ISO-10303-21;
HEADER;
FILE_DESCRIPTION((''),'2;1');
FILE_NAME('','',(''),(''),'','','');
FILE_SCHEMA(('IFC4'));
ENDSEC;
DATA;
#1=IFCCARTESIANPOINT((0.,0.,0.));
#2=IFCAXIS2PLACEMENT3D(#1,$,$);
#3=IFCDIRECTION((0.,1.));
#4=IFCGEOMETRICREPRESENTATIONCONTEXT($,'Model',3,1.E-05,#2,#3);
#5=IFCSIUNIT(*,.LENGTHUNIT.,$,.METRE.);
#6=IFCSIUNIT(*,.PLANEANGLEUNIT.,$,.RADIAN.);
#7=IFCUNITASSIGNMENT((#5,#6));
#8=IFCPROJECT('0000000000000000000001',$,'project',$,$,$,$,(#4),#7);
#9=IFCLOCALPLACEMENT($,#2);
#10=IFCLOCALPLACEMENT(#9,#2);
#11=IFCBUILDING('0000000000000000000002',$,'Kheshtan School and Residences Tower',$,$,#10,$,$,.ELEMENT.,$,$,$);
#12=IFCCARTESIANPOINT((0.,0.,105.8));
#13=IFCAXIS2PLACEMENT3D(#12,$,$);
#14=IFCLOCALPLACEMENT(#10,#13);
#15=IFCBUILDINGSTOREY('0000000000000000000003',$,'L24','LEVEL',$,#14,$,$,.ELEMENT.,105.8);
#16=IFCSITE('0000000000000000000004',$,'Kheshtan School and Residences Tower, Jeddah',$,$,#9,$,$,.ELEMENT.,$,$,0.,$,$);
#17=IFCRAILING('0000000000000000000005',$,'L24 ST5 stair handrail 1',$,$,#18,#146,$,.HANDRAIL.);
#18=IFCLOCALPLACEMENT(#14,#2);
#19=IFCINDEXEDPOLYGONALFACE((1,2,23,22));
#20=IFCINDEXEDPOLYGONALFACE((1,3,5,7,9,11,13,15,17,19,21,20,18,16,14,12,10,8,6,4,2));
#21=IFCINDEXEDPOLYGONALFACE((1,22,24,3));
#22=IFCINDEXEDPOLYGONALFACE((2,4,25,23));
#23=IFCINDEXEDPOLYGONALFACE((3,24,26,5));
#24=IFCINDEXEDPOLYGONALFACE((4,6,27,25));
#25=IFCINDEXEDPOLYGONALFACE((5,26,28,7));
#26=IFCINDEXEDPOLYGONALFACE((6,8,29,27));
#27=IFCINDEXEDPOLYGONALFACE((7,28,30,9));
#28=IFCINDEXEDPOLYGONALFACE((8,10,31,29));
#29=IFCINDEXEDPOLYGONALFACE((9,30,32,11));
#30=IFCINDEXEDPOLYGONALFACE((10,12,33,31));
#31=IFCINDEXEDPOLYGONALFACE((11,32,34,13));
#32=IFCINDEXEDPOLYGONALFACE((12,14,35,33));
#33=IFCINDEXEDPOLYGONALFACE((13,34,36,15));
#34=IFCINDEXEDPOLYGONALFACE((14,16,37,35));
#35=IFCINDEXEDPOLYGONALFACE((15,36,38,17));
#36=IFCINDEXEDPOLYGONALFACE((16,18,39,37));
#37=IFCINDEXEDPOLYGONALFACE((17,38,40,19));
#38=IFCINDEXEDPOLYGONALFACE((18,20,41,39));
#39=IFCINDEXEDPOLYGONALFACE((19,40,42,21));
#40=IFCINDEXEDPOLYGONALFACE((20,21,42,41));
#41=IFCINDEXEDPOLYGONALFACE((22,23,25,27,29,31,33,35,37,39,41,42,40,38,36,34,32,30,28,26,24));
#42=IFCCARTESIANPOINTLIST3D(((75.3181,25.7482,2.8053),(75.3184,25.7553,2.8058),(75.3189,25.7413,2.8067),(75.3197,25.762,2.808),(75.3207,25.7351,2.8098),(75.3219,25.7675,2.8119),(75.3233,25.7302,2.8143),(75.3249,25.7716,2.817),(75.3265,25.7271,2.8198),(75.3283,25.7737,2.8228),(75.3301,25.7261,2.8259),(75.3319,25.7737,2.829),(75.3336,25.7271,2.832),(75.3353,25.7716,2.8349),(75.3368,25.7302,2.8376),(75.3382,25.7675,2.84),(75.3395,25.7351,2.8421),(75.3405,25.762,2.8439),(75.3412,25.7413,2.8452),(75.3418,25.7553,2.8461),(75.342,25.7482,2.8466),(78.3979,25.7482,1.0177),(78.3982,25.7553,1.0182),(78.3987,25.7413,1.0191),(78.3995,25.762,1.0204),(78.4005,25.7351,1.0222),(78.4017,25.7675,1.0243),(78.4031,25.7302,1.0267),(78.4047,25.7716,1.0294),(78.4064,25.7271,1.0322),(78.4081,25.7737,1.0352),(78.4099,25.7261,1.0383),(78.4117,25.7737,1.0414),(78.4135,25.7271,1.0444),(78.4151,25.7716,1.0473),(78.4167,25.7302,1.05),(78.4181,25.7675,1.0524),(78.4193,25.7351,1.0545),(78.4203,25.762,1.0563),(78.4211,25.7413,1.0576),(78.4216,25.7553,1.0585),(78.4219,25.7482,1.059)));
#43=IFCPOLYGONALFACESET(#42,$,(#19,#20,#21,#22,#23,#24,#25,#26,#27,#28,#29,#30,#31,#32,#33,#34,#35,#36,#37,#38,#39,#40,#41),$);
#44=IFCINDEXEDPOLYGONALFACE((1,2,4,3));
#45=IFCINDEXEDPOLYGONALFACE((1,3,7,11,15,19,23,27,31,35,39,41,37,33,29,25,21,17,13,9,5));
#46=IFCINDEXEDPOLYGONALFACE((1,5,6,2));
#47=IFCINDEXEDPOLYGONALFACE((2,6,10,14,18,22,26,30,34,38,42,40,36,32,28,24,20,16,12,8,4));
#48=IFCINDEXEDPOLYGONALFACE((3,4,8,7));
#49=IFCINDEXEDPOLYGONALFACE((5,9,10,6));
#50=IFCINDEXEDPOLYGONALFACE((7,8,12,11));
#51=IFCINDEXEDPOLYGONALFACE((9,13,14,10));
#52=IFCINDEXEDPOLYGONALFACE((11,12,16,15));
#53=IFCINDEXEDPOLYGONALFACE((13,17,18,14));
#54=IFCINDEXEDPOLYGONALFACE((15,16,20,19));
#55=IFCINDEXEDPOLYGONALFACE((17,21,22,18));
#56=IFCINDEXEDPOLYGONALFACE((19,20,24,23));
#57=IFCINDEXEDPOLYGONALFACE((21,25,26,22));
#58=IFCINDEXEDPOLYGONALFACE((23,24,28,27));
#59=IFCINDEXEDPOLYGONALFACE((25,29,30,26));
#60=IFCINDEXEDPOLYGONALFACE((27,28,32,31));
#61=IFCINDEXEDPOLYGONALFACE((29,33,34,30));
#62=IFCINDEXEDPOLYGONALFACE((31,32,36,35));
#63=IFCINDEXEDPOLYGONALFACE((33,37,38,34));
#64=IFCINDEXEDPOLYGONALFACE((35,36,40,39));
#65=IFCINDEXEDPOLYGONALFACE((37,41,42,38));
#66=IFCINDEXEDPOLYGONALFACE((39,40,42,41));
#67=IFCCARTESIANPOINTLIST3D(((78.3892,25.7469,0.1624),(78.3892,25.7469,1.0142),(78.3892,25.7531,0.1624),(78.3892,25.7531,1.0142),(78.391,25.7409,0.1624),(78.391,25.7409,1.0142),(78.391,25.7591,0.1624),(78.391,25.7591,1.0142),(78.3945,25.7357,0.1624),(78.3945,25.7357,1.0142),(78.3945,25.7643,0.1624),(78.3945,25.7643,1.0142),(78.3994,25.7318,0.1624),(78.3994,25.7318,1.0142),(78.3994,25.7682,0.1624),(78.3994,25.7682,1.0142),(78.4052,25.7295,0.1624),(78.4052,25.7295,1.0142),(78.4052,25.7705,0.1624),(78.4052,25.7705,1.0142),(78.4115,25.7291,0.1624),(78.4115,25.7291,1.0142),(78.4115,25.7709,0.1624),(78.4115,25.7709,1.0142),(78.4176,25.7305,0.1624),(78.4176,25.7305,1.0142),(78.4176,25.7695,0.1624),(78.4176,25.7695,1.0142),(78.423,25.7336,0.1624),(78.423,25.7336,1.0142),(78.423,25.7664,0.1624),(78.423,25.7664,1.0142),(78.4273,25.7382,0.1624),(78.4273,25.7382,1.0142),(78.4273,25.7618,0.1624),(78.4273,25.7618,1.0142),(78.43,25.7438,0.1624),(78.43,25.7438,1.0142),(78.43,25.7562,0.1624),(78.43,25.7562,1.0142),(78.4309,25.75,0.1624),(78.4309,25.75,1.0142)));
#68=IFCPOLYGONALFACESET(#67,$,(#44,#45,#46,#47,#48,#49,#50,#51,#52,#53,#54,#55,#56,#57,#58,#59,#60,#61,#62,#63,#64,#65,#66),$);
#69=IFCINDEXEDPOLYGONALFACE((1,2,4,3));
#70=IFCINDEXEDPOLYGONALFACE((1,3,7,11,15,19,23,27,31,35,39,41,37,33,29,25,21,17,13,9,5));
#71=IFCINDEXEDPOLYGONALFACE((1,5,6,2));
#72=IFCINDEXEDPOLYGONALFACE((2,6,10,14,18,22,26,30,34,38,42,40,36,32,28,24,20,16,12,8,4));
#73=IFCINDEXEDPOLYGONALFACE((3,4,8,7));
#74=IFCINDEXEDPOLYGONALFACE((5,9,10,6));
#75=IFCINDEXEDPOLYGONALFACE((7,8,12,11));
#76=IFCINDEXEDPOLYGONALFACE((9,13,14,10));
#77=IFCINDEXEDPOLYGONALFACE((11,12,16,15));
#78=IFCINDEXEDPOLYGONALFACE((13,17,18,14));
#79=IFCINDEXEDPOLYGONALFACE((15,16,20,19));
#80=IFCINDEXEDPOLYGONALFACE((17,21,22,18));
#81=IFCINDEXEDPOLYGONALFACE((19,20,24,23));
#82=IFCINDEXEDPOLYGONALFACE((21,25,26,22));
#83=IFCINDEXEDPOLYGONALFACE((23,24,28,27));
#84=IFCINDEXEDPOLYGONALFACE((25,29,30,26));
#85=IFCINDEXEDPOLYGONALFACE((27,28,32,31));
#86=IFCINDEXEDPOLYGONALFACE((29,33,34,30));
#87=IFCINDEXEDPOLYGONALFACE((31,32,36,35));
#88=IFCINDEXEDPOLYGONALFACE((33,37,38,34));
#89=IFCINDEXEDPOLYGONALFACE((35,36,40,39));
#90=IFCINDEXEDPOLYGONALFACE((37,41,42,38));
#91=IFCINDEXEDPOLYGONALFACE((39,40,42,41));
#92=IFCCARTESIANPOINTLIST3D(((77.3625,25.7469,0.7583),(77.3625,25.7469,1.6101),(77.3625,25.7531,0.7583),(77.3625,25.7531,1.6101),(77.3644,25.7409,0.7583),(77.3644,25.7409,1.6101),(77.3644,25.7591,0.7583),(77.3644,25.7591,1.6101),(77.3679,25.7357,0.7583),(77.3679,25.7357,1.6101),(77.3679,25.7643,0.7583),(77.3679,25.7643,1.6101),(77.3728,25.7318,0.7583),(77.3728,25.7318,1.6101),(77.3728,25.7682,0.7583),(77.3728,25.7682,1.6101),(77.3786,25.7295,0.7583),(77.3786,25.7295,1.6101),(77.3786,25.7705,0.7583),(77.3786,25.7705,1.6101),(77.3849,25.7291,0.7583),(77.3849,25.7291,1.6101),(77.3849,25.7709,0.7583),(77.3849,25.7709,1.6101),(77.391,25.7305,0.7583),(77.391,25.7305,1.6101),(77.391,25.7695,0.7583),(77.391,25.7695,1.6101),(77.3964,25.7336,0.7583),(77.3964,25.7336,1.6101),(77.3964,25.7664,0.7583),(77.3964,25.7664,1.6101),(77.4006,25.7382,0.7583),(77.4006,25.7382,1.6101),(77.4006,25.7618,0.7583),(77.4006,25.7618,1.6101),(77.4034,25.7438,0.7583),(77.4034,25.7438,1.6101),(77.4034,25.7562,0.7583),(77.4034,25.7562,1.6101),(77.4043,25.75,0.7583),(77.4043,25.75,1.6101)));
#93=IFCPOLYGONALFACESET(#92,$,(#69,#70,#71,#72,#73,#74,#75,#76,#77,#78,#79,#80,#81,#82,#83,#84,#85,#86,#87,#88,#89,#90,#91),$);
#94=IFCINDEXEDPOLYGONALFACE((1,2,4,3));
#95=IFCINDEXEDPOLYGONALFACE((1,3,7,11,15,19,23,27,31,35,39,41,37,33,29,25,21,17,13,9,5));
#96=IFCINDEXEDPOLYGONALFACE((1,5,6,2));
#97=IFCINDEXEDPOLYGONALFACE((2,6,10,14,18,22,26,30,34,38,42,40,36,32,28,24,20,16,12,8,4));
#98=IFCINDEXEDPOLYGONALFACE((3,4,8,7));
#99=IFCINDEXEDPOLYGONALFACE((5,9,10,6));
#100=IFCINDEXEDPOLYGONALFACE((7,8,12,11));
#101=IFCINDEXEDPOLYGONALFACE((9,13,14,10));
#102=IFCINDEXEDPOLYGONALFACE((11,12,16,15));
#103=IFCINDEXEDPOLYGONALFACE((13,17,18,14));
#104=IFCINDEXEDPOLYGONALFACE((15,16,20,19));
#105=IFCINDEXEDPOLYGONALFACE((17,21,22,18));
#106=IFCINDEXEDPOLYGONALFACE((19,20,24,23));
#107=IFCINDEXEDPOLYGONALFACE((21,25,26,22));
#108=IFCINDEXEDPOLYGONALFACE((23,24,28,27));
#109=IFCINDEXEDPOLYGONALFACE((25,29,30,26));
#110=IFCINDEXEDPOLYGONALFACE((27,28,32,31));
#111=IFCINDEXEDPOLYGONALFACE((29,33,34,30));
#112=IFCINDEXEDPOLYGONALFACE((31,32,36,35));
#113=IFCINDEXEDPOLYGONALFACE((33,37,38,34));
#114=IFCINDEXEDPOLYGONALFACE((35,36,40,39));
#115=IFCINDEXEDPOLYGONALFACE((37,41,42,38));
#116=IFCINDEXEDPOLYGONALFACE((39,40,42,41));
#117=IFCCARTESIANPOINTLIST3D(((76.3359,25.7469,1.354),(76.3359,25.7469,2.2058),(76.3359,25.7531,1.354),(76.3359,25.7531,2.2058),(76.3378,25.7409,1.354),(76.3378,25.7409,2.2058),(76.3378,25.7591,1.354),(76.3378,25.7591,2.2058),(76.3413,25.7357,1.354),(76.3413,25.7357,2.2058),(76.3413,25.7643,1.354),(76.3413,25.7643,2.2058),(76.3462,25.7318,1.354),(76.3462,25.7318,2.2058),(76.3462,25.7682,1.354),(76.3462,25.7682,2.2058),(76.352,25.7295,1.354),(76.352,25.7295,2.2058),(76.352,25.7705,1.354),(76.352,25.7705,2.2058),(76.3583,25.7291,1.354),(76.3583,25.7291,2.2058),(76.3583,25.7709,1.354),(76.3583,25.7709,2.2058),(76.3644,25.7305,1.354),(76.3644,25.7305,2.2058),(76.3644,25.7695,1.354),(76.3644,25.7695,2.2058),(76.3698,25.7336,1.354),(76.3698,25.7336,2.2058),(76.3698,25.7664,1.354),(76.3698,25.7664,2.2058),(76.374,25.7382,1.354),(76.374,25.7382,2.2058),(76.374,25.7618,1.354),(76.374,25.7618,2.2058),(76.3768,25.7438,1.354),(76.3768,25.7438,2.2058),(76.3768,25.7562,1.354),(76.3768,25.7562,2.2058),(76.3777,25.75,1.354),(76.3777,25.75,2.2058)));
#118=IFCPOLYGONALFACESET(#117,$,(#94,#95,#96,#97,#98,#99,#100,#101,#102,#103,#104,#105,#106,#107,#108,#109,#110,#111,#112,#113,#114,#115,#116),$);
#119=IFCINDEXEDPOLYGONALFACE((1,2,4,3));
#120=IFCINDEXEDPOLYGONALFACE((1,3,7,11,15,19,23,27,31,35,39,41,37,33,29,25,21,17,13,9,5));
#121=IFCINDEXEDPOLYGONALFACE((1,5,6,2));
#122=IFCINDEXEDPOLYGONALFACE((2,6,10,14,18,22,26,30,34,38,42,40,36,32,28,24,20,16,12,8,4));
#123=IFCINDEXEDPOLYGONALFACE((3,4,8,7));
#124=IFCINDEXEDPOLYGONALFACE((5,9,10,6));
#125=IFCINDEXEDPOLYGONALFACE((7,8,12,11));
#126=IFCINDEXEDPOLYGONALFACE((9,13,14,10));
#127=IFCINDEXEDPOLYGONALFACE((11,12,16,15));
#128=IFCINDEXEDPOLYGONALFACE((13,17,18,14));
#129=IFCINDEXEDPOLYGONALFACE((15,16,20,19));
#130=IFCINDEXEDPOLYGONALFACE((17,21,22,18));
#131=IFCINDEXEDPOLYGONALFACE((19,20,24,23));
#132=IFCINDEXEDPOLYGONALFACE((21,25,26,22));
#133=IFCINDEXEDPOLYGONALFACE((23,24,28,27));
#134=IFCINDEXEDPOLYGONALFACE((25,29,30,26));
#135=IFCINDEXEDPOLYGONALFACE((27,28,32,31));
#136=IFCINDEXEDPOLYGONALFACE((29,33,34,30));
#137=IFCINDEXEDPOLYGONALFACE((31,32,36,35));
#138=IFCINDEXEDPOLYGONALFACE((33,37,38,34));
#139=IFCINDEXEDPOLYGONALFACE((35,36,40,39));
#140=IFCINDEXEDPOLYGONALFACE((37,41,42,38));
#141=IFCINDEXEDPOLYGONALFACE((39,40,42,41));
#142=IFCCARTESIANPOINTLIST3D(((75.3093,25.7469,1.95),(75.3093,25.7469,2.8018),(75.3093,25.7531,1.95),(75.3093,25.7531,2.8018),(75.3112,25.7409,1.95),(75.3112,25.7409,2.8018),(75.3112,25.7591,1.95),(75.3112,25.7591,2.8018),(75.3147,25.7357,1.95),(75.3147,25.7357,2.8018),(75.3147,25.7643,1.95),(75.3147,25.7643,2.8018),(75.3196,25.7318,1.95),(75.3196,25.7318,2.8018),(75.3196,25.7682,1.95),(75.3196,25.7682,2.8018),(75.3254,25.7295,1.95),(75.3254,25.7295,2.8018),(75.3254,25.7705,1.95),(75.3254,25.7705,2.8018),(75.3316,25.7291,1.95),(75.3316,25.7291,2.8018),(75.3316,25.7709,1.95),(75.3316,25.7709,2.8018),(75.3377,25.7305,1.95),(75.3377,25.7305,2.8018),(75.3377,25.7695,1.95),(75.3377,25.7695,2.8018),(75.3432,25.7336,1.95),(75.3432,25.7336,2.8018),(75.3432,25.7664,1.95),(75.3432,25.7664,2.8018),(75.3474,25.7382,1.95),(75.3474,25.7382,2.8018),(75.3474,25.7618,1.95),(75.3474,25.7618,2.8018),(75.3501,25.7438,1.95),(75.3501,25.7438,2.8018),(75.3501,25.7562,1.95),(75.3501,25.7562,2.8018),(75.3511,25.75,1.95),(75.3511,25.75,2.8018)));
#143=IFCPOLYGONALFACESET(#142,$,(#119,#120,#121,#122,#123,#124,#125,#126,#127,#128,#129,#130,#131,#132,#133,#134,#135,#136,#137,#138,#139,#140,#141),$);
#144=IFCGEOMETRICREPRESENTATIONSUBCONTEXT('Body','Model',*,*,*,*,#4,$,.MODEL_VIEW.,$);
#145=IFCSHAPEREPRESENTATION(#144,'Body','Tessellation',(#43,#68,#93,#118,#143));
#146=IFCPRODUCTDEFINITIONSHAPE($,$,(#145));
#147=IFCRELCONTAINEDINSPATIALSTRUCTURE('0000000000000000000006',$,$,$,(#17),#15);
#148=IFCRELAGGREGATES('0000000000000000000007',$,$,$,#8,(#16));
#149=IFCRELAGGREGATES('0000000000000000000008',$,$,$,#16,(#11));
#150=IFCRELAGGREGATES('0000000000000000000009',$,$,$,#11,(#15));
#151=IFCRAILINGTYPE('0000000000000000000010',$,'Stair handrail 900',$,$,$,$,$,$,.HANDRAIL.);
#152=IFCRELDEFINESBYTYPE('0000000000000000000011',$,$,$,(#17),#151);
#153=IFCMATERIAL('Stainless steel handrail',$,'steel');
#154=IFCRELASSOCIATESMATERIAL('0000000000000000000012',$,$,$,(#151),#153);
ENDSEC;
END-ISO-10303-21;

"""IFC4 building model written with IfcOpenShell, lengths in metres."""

from ifc_helpers import new_model, si_unit, direction, frame, origin, origin_2d, place, context, subcontext, project, spatial, circle, extrude, material, type_object, element, save


model = new_model("IFC4")

# Units and contexts
model_context = context("Model", 3, precision=1e-05, world=origin(), true_north=direction((0.0, 1.0)))
body_context = subcontext(model_context, "Body", "Model", "MODEL_VIEW")
ifc_project = project(units=[si_unit("LENGTHUNIT", "METRE"), si_unit("PLANEANGLEUNIT", "RADIAN")], contexts=[model_context])

# Site, building, storey
site_placement = place(None, origin())
site = spatial("IfcSite", under=ifc_project, at=site_placement, Name="Kheshtan School and Residences Tower, Jeddah", CompositionType="ELEMENT", RefElevation=0.0)
building_placement = place(site_placement, origin())
building = spatial("IfcBuilding", under=site, at=building_placement, Name="Kheshtan School and Residences Tower", CompositionType="ELEMENT")
storey_placement = place(building_placement, frame((0.0, 0.0, 105.8)))
storey = spatial("IfcBuildingStorey", under=building, at=storey_placement, Name="L24", Description="LEVEL", CompositionType="ELEMENT", Elevation=105.8)

# Railing
ifc_material_1 = material(Name="Stainless steel handrail", Category="steel")
railing_type_1 = type_object("IfcRailingType", Name="Stair handrail 900", PredefinedType="HANDRAIL", material=ifc_material_1)
railing_1_placement = place(storey_placement, frame((78.4099, 25.75, 0.1624)))
element("IfcRailing", 1, at=railing_1_placement, inside=storey, type_object=railing_type_1, Name="L24 ST5 stair handrail 1", PredefinedType="HANDRAIL", context=body_context, shape_type="SweptSolid", body=[
    extrude(circle(Radius=0.0239, at=origin_2d()), frame((0.0, 0.0, 0.876), z_axis=(-0.864873, 0.0, 0.50199), x_axis=(0.0, -1.0, 0.0)), (0.0, 0.0, 1.0), 3.561),
    extrude(circle(Radius=0.021, at=origin_2d()), origin(), (0.0, 0.0, 1.0), 0.8518),
    extrude(circle(Radius=0.021, at=origin_2d()), frame((-1.0266, 0.0, 0.5959)), (0.0, 0.0, 1.0), 0.8518),
    extrude(circle(Radius=0.021, at=origin_2d()), frame((-2.0532, 0.0, 1.1917)), (0.0, 0.0, 1.0), 0.8518),
    extrude(circle(Radius=0.021, at=origin_2d()), frame((-3.0798, 0.0, 1.7876)), (0.0, 0.0, 1.0), 0.8518),
])

save(model, "model.ifc")
